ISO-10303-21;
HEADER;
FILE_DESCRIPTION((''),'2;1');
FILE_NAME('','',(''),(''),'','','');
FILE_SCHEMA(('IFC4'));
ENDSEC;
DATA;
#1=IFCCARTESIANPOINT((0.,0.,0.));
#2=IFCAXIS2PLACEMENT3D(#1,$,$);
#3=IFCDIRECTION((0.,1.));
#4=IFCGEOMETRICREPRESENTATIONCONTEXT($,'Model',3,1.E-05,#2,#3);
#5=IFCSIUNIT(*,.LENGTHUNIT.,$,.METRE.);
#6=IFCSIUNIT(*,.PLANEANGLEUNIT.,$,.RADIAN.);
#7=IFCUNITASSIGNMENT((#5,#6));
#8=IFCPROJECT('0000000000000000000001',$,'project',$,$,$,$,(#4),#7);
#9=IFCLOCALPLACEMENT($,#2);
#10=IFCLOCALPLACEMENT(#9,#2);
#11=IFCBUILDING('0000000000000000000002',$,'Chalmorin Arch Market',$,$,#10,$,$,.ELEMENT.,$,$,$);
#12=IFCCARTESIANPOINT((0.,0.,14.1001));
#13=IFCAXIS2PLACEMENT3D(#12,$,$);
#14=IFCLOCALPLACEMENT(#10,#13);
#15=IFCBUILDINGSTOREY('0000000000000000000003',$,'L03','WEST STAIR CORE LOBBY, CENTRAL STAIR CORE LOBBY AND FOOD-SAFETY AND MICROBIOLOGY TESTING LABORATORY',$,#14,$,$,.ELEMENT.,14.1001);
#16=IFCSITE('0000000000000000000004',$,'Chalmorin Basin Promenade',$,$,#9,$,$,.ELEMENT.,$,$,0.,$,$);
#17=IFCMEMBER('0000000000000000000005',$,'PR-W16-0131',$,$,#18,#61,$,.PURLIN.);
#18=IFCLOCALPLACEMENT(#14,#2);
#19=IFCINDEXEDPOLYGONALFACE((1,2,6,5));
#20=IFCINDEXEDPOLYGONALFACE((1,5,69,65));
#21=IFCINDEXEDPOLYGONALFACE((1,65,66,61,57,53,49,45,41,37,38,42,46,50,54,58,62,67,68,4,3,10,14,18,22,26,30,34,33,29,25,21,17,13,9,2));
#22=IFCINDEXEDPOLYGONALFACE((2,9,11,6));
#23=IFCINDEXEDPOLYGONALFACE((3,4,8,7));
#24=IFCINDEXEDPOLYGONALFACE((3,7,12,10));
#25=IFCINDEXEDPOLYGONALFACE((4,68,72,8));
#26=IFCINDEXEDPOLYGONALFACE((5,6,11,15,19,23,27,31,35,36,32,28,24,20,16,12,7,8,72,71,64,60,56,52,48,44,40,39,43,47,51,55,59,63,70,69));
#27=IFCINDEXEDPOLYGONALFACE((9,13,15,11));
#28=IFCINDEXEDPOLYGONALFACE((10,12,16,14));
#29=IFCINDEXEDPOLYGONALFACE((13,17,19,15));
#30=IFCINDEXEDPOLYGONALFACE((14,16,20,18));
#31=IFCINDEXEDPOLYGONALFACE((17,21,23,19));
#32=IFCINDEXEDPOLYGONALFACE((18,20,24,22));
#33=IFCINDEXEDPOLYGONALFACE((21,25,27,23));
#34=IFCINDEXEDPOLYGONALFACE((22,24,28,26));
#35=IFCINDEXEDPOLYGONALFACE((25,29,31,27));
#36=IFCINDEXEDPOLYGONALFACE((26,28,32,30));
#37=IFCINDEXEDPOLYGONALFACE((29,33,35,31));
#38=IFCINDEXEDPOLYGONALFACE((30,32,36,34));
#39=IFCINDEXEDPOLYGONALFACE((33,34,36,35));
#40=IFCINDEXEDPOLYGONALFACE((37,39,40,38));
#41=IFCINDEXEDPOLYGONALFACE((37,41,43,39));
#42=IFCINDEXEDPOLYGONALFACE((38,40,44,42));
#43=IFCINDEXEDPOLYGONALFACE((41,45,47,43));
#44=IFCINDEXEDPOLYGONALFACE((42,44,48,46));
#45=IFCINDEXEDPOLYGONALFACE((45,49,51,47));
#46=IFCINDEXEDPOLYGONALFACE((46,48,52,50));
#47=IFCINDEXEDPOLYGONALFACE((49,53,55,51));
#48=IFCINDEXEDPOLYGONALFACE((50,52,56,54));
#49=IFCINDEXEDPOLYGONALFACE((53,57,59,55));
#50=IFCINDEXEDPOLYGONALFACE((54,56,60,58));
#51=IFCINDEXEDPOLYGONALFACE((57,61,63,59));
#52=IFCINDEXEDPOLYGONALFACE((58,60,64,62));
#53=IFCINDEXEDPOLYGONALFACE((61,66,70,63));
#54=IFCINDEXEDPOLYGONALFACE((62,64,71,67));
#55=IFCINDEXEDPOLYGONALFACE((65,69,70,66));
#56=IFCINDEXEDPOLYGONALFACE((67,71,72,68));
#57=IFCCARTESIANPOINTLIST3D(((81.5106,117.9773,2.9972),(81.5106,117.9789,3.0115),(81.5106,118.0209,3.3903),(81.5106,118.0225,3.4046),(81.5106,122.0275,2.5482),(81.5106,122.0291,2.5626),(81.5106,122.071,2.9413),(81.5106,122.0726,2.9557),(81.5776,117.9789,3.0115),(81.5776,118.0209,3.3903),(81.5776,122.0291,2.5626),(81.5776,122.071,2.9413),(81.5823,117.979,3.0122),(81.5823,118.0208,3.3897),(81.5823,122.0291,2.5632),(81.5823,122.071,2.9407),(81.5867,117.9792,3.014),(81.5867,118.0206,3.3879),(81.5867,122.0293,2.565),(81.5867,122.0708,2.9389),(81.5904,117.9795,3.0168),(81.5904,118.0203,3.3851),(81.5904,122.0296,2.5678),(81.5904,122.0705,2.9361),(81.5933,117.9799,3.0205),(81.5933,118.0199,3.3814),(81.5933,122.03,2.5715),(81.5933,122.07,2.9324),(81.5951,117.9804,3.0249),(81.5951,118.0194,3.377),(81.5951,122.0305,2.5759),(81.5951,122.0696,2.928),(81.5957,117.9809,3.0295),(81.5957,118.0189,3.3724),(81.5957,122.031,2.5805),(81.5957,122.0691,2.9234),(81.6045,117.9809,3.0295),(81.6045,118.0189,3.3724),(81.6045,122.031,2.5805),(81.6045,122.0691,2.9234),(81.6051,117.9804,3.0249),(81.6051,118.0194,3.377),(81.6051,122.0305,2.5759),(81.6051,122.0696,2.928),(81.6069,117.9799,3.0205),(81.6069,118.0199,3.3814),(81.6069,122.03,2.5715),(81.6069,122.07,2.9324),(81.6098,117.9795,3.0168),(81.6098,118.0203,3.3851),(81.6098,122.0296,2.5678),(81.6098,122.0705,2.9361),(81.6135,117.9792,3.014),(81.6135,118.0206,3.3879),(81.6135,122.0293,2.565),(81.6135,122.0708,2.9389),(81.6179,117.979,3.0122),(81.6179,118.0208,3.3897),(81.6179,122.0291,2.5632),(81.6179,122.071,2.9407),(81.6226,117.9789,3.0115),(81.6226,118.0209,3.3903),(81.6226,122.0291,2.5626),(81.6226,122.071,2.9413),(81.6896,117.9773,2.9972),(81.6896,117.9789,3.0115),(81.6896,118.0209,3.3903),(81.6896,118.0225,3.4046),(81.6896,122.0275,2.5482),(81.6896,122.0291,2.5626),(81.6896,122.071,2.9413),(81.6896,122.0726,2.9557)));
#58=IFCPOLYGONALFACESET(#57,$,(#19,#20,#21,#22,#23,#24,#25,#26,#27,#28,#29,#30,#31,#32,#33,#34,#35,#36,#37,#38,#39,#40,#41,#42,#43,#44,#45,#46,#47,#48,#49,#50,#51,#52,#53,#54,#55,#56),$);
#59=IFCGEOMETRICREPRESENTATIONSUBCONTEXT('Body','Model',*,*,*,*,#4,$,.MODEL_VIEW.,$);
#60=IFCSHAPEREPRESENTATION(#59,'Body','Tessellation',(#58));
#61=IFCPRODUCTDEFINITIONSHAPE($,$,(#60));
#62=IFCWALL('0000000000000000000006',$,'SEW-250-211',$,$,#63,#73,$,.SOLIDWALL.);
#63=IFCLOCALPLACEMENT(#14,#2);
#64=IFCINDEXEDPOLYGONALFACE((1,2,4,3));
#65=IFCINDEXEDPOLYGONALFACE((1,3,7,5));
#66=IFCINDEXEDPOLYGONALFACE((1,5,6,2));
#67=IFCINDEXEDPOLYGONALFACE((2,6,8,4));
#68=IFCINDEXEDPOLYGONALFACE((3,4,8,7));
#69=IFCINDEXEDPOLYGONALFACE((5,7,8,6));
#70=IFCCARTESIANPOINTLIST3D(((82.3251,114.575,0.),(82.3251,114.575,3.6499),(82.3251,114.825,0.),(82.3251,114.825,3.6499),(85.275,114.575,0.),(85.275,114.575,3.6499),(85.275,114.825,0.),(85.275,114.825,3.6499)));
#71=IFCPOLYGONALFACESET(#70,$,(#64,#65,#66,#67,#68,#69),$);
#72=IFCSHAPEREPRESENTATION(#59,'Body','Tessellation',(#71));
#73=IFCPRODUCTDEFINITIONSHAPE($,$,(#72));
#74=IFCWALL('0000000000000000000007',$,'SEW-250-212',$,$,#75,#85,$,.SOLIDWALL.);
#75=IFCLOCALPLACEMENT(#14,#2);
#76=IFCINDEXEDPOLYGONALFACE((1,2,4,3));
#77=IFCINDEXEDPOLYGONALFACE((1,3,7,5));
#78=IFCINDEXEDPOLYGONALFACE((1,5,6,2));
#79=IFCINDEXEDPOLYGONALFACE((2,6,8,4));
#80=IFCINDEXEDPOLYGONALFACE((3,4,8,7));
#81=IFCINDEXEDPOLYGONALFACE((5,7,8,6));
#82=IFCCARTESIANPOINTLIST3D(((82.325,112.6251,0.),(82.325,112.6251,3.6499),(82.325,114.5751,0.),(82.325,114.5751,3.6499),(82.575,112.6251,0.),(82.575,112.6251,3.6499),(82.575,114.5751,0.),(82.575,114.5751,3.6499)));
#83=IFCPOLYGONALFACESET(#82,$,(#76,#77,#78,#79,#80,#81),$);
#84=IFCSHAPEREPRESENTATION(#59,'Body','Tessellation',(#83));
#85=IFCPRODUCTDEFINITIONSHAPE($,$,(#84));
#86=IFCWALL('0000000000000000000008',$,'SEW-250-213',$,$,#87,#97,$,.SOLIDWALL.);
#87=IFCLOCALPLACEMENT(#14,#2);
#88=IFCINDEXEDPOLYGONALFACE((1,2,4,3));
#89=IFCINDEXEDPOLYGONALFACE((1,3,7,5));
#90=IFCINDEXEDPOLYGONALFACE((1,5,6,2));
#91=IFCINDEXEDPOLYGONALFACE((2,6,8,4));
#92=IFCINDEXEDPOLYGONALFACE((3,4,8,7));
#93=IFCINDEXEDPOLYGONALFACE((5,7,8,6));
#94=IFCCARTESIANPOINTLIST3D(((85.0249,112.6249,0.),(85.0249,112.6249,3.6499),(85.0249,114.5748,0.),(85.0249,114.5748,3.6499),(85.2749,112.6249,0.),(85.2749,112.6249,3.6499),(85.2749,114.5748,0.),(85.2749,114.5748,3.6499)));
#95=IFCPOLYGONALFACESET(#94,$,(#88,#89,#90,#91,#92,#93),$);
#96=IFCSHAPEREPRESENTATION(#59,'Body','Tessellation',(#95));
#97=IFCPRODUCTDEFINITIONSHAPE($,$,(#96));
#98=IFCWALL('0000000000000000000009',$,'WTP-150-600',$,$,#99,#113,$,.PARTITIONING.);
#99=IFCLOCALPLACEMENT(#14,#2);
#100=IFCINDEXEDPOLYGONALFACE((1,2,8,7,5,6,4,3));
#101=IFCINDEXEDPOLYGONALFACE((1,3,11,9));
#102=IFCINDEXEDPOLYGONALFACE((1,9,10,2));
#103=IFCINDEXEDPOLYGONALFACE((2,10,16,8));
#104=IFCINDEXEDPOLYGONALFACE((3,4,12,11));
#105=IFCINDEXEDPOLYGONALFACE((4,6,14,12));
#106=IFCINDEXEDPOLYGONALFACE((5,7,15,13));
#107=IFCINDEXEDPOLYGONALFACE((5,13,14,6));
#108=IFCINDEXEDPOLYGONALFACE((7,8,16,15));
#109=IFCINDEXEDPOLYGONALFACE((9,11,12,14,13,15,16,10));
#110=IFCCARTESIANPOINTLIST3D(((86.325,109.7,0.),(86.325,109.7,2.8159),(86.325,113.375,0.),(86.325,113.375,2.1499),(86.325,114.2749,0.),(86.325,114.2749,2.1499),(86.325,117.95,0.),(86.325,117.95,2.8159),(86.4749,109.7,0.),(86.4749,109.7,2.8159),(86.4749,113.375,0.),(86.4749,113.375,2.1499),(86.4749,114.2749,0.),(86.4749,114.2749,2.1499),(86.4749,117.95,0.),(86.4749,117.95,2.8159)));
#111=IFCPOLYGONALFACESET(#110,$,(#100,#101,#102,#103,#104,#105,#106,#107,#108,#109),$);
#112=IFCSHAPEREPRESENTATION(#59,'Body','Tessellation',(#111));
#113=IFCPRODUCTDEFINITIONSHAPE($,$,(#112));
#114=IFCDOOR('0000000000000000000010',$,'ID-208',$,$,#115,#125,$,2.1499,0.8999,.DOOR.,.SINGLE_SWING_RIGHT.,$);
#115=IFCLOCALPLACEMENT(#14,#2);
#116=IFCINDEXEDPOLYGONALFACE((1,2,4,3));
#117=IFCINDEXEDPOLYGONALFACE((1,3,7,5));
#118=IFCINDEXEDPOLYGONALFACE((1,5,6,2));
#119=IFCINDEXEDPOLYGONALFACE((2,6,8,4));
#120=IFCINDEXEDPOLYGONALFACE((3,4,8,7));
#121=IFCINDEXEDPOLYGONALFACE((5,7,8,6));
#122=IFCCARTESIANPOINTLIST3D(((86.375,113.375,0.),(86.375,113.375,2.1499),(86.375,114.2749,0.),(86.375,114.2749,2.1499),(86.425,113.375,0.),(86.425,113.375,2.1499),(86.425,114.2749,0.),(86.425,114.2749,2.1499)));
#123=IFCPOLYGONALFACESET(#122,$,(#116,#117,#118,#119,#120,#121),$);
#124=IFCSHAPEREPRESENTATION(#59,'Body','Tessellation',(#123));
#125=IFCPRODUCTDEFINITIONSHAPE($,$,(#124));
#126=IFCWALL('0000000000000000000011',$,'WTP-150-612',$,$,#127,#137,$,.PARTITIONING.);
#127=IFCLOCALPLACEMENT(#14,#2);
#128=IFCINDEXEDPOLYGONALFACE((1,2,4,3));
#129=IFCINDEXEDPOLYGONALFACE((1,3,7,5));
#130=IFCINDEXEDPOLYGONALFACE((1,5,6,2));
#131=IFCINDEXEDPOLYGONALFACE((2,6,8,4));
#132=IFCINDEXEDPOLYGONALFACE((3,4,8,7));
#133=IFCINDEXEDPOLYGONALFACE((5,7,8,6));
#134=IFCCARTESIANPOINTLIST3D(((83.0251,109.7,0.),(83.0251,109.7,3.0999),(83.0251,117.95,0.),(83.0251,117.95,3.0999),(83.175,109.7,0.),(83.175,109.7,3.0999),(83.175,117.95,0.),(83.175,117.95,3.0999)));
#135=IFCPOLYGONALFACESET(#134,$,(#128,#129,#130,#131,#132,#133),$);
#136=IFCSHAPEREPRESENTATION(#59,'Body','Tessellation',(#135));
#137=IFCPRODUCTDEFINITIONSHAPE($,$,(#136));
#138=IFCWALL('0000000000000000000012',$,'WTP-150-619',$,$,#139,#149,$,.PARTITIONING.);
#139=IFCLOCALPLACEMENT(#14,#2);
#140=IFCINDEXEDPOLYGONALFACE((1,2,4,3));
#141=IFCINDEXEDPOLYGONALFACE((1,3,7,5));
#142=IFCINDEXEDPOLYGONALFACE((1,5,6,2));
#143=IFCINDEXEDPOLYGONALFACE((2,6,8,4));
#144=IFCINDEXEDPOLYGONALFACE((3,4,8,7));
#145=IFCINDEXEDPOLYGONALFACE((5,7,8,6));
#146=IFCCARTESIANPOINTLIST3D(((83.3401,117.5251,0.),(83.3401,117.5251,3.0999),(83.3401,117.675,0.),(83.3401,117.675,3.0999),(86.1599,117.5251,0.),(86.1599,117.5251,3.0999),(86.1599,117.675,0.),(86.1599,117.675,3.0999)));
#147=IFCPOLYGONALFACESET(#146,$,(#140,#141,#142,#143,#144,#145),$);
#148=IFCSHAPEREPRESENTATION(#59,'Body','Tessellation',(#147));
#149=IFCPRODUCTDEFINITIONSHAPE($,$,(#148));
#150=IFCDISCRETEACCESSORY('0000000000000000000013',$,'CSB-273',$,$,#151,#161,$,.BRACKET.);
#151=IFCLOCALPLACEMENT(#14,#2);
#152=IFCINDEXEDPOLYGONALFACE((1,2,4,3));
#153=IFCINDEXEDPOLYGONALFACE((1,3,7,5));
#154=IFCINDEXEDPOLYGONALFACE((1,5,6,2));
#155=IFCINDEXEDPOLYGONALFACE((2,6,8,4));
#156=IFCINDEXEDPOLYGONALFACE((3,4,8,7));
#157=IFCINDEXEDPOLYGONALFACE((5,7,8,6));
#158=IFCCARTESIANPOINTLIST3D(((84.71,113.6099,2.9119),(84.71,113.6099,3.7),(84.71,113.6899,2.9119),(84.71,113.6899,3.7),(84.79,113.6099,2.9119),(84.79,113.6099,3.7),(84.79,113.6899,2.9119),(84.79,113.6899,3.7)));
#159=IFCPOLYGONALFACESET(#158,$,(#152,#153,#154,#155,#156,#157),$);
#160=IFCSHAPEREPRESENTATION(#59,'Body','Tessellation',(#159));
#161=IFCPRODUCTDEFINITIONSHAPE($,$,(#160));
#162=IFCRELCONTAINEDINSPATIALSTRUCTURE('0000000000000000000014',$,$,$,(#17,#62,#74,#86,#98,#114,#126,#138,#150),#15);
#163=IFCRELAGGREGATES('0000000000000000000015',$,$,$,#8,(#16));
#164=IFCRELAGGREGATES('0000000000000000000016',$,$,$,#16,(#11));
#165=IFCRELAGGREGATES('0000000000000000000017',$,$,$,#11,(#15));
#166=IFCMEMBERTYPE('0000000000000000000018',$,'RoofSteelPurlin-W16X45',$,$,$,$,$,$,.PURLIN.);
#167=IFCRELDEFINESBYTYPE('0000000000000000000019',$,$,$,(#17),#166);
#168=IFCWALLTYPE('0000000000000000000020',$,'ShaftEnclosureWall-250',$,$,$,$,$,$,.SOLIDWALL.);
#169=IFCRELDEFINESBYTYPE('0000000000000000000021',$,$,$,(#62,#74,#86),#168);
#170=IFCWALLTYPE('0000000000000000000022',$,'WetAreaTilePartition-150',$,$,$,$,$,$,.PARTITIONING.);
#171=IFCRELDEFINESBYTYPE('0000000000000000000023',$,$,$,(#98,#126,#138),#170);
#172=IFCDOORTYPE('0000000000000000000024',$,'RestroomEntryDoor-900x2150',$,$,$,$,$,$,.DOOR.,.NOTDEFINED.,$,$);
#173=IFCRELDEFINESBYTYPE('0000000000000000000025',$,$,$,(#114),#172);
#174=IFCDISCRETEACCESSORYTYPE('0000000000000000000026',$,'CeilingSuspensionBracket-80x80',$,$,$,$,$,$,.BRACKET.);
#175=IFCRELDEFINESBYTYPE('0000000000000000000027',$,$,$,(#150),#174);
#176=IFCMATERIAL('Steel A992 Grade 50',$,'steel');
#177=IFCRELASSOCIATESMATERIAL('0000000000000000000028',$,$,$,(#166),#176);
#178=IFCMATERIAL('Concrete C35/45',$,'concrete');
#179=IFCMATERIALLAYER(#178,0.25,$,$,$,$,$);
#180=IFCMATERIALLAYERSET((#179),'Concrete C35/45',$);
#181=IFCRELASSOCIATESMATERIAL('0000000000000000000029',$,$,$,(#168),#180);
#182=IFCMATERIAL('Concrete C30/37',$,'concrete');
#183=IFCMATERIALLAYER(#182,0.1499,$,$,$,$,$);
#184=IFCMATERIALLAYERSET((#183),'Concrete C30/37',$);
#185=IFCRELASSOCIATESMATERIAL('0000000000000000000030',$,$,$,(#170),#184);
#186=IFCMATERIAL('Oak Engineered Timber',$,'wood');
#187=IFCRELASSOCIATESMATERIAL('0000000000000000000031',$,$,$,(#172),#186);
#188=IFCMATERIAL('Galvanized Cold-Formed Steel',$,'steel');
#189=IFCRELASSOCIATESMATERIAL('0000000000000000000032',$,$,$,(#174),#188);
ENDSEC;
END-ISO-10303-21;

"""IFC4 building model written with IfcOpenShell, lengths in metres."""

from ifc_helpers import new_model, si_unit, direction, frame, frame_2d, origin, origin_2d, place, context, subcontext, project, spatial, rectangle, i_section, extrude, material, layer, layer_set, material_profile, profile_set, type_object, element, fill, save


model = new_model("IFC4")

# Units and contexts
model_context = context("Model", 3, precision=1e-05, world=origin(), true_north=direction((0.0, 1.0)))
body_context = subcontext(model_context, "Body", "Model", "MODEL_VIEW")
ifc_project = project(units=[si_unit("LENGTHUNIT", "METRE"), si_unit("PLANEANGLEUNIT", "RADIAN")], contexts=[model_context])

# Site, building, storey
site_placement = place(None, origin())
site = spatial("IfcSite", under=ifc_project, at=site_placement, Name="Chalmorin Basin Promenade", CompositionType="ELEMENT", RefElevation=0.0)
building_placement = place(site_placement, origin())
building = spatial("IfcBuilding", under=site, at=building_placement, Name="Chalmorin Arch Market", CompositionType="ELEMENT")
storey_placement = place(building_placement, frame((0.0, 0.0, 14.1001)))
storey = spatial("IfcBuildingStorey", under=building, at=storey_placement, Name="L03", Description="WEST STAIR CORE LOBBY, CENTRAL STAIR CORE LOBBY AND FOOD-SAFETY AND MICROBIOLOGY TESTING LABORATORY", CompositionType="ELEMENT", Elevation=14.1001)

# Shared definitions
ifc_material_1 = material(Name="Steel A992 Grade 50", Category="steel")

# Member
ifc_material_profile_1 = material_profile(ifc_material_1, i_section(OverallWidth=0.179, OverallDepth=0.4099, WebThickness=0.0088, FlangeThickness=0.0144, FilletRadius=0.0181, at=origin_2d()), Name="W16X45")
ifc_profile_set_1 = profile_set([ifc_material_profile_1], Name="Steel A992 Grade 50")
member_type_1 = type_object("IfcMemberType", Name="RoofSteelPurlin-W16X45", PredefinedType="PURLIN", material=ifc_profile_set_1)
member_1_placement = place(storey_placement, frame((81.6001, 122.05, 2.752), z_axis=(0.0, -0.993911, 0.110182), x_axis=(1.0, 0.0, 0.0)))
element("IfcMember", 1, at=member_1_placement, inside=storey, type_object=member_type_1, Name="PR-W16-0131", PredefinedType="PURLIN", context=body_context, shape_type="SweptSolid", body=[
    extrude(i_section(OverallWidth=0.179, OverallDepth=0.4099, WebThickness=0.0088, FlangeThickness=0.0144, FilletRadius=0.0181, at=origin_2d()), origin(), (0.0, 0.0, 1.0), 4.075),
])

# Shared definitions
ifc_material_2 = material(Name="Concrete C35/45", Category="concrete")
ifc_layer_1 = layer(ifc_material_2, 0.25)
ifc_layer_set_1 = layer_set([ifc_layer_1], Name="Concrete C35/45")
wall_type_1 = type_object("IfcWallType", Name="ShaftEnclosureWall-250", PredefinedType="SOLIDWALL", material=ifc_layer_set_1)

# Walls
wall_1_placement = place(storey_placement, frame((82.325, 114.7, 0.0), z_axis=(0.0, 0.0, 1.0), x_axis=(1.0, 0.0, 0.0)))
element("IfcWall", 2, at=wall_1_placement, inside=storey, type_object=wall_type_1, Name="SEW-250-211", PredefinedType="SOLIDWALL", context=body_context, shape_type="SweptSolid", body=[
    extrude(rectangle(XDim=2.95, YDim=0.25, at=frame_2d((1.4751, 0.0))), origin(), (0.0, 0.0, 1.0), 3.6499),
])
for number, where, z_axis, x_axis, name in (
    (3, (82.45, 112.625, 0.0), (0.0, 0.0, 1.0), (0.0, 1.0, 0.0), "SEW-250-212"),
    (4, (85.1499, 114.575, 0.0), (0.0, 0.0, 1.0), (0.0, -1.0, 0.0), "SEW-250-213"),
):
    element("IfcWall", number, at=place(storey_placement, frame(where, z_axis=z_axis, x_axis=x_axis)), inside=storey, type_object=wall_type_1, Name=name, PredefinedType="SOLIDWALL", context=body_context, shape_type="SweptSolid", body=[
        extrude(rectangle(XDim=1.95, YDim=0.25, at=frame_2d((0.9751, 0.0))), origin(), (0.0, 0.0, 1.0), 3.6499),
    ])

# Wall, opening, door
ifc_material_3 = material(Name="Concrete C30/37", Category="concrete")
ifc_layer_2 = layer(ifc_material_3, 0.1499)
ifc_layer_set_2 = layer_set([ifc_layer_2], Name="Concrete C30/37")
wall_type_2 = type_object("IfcWallType", Name="WetAreaTilePartition-150", PredefinedType="PARTITIONING", material=ifc_layer_set_2)
wall_2_placement = place(storey_placement, frame((86.3999, 109.7, 0.0), z_axis=(0.0, 0.0, 1.0), x_axis=(0.0, 1.0, 0.0)))
wall_2 = element("IfcWall", 5, at=wall_2_placement, inside=storey, type_object=wall_type_2, Name="WTP-150-600", PredefinedType="PARTITIONING", context=body_context, shape_type="SweptSolid", body=[
    extrude(rectangle(XDim=8.25, YDim=0.1499, at=frame_2d((4.125, 0.0))), origin(), (0.0, 0.0, 1.0), 2.8159),
])
opening_1_placement = place(wall_2_placement, frame((3.675, 0.0, 0.0)))
opening_1 = element("IfcOpeningElement", 6, at=opening_1_placement, cuts=wall_2, PredefinedType="OPENING", context=body_context, shape_type="SweptSolid", body=[
    extrude(rectangle(XDim=0.8999, YDim=2.1499, at=frame_2d((0.45, 1.075))), frame((0.0, 0.085, 0.0), z_axis=(0.0, -1.0, 0.0), x_axis=(1.0, 0.0, 0.0)), (0.0, 0.0, 1.0), 0.1699),
])
ifc_material_4 = material(Name="Oak Engineered Timber", Category="wood")
door_type_1 = type_object("IfcDoorType", Name="RestroomEntryDoor-900x2150", OperationType="NOTDEFINED", PredefinedType="DOOR", material=ifc_material_4)
door_1_placement = place(opening_1_placement, origin())
door_1 = element("IfcDoor", 7, at=door_1_placement, inside=storey, type_object=door_type_1, Name="ID-208", OperationType="SINGLE_SWING_RIGHT", OverallHeight=2.1499, OverallWidth=0.8999, PredefinedType="DOOR", context=body_context, shape_type="SweptSolid", body=[
    extrude(rectangle(XDim=0.8999, YDim=2.1499, at=frame_2d((0.45, 1.075))), frame((0.0, 0.0249, 0.0), z_axis=(0.0, -1.0, 0.0), x_axis=(1.0, 0.0, 0.0)), (0.0, 0.0, 1.0), 0.05),
])
fill(opening_1, door_1)

# Walls
wall_3_placement = place(storey_placement, frame((83.1001, 109.7, 0.0), z_axis=(0.0, 0.0, 1.0), x_axis=(0.0, 1.0, 0.0)))
element("IfcWall", 8, at=wall_3_placement, inside=storey, type_object=wall_type_2, Name="WTP-150-612", PredefinedType="PARTITIONING", context=body_context, shape_type="SweptSolid", body=[
    extrude(rectangle(XDim=8.25, YDim=0.1499, at=frame_2d((4.125, 0.0))), origin(), (0.0, 0.0, 1.0), 3.0999),
])
wall_4_placement = place(storey_placement, frame((83.3401, 117.6001, 0.0), z_axis=(0.0, 0.0, 1.0), x_axis=(1.0, 0.0, 0.0)))
element("IfcWall", 9, at=wall_4_placement, inside=storey, type_object=wall_type_2, Name="WTP-150-619", PredefinedType="PARTITIONING", context=body_context, shape_type="SweptSolid", body=[
    extrude(rectangle(XDim=2.8198, YDim=0.1499, at=frame_2d((1.4099, 0.0))), origin(), (0.0, 0.0, 1.0), 3.0999),
])

# Discrete accessory
ifc_material_5 = material(Name="Galvanized Cold-Formed Steel", Category="steel")
discrete_accessory_type = type_object("IfcDiscreteAccessoryType", Name="CeilingSuspensionBracket-80x80", PredefinedType="BRACKET", material=ifc_material_5)
discrete_accessory_placement = place(storey_placement, frame((84.75, 113.6499, 2.9119), z_axis=(0.0, 0.0, 1.0), x_axis=(1.0, 0.0, 0.0)))
element("IfcDiscreteAccessory", 10, at=discrete_accessory_placement, inside=storey, type_object=discrete_accessory_type, Name="CSB-273", PredefinedType="BRACKET", context=body_context, shape_type="SweptSolid", body=[
    extrude(rectangle(XDim=0.0801, YDim=0.0801, at=origin_2d()), origin(), (0.0, 0.0, 1.0), 0.7881),
])

save(model, "model.ifc")
